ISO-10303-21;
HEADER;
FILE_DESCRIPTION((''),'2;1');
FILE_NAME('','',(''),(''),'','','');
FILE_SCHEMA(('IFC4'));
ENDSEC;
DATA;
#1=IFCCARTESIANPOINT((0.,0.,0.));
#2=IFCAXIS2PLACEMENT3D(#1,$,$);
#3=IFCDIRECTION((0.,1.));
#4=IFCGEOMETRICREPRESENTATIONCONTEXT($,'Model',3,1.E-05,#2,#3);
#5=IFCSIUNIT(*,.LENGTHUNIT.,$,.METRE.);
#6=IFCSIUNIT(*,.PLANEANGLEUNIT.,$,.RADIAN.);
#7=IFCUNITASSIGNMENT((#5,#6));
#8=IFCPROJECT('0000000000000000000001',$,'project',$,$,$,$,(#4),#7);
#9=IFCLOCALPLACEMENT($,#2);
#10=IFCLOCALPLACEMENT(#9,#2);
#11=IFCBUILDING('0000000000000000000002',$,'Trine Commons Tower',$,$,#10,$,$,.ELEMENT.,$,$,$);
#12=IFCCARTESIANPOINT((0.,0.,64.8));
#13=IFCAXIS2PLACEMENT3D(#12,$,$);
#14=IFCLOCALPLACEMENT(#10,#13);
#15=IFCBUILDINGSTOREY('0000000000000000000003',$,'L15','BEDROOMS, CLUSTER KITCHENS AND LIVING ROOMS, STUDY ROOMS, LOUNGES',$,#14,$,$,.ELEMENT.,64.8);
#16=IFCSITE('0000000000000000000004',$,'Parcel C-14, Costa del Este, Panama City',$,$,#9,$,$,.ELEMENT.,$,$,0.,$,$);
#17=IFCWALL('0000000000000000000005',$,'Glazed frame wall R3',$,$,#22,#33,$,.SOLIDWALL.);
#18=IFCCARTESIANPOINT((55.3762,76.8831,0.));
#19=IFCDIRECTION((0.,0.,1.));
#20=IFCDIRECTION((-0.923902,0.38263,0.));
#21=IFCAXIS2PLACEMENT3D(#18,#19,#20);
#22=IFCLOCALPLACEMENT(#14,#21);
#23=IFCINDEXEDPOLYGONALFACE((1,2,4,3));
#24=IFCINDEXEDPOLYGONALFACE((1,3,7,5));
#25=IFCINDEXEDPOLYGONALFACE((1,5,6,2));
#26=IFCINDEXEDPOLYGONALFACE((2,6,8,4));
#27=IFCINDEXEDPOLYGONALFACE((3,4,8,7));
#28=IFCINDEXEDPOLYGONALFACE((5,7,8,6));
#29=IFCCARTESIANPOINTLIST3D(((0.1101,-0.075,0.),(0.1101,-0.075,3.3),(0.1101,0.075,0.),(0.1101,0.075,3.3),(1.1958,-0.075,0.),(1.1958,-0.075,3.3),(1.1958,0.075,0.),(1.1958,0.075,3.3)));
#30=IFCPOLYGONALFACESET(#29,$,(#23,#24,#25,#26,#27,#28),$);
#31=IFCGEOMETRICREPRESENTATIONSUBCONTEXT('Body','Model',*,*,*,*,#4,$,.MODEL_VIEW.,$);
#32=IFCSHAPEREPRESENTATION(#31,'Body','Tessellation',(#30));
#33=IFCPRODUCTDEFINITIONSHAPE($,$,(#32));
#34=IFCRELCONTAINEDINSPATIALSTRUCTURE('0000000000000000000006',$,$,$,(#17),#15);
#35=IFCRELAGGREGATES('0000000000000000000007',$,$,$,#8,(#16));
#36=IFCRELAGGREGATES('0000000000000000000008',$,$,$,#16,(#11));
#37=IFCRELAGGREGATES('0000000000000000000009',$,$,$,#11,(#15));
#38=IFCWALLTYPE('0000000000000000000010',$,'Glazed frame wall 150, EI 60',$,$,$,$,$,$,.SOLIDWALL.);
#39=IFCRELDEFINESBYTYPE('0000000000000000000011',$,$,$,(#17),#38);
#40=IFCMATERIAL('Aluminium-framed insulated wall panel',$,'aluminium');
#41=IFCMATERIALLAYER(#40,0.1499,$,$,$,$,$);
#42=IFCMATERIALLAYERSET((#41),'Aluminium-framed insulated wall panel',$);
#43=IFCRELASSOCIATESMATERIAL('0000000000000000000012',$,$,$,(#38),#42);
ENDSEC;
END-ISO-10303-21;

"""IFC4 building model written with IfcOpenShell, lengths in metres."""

from ifc_helpers import new_model, si_unit, direction, frame, origin, place, context, subcontext, project, spatial, polyline, outline, extrude, material, layer, layer_set, type_object, element, save


model = new_model("IFC4")

# Units and contexts
model_context = context("Model", 3, precision=1e-05, world=origin(), true_north=direction((0.0, 1.0)))
body_context = subcontext(model_context, "Body", "Model", "MODEL_VIEW")
ifc_project = project(units=[si_unit("LENGTHUNIT", "METRE"), si_unit("PLANEANGLEUNIT", "RADIAN")], contexts=[model_context])

# Site, building, storey
site_placement = place(None, origin())
site = spatial("IfcSite", under=ifc_project, at=site_placement, Name="Parcel C-14, Costa del Este, Panama City", CompositionType="ELEMENT", RefElevation=0.0)
building_placement = place(site_placement, origin())
building = spatial("IfcBuilding", under=site, at=building_placement, Name="Trine Commons Tower", CompositionType="ELEMENT")
storey_placement = place(building_placement, frame((0.0, 0.0, 64.8)))
storey = spatial("IfcBuildingStorey", under=building, at=storey_placement, Name="L15", Description="BEDROOMS, CLUSTER KITCHENS AND LIVING ROOMS, STUDY ROOMS, LOUNGES", CompositionType="ELEMENT", Elevation=64.8)

# Wall
ifc_material_1 = material(Name="Aluminium-framed insulated wall panel", Category="aluminium")
ifc_layer_1 = layer(ifc_material_1, 0.1499)
ifc_layer_set_1 = layer_set([ifc_layer_1], Name="Aluminium-framed insulated wall panel")
wall_type_1 = type_object("IfcWallType", Name="Glazed frame wall 150, EI 60", PredefinedType="SOLIDWALL", material=ifc_layer_set_1)
wall_1_placement = place(storey_placement, frame((55.3762, 76.8831, 0.0), z_axis=(0.0, 0.0, 1.0), x_axis=(-0.923902, 0.38263, 0.0)))
element("IfcWall", 1, at=wall_1_placement, inside=storey, type_object=wall_type_1, Name="Glazed frame wall R3", PredefinedType="SOLIDWALL", context=body_context, shape_type="SweptSolid", body=[
    extrude(outline(polyline([(0.1101, 0.075), (0.1101, -0.075), (1.1958, -0.075), (1.1958, 0.075), (0.1101, 0.075)])), origin(), (0.0, 0.0, 1.0), 3.3),
])

save(model, "model.ifc")
